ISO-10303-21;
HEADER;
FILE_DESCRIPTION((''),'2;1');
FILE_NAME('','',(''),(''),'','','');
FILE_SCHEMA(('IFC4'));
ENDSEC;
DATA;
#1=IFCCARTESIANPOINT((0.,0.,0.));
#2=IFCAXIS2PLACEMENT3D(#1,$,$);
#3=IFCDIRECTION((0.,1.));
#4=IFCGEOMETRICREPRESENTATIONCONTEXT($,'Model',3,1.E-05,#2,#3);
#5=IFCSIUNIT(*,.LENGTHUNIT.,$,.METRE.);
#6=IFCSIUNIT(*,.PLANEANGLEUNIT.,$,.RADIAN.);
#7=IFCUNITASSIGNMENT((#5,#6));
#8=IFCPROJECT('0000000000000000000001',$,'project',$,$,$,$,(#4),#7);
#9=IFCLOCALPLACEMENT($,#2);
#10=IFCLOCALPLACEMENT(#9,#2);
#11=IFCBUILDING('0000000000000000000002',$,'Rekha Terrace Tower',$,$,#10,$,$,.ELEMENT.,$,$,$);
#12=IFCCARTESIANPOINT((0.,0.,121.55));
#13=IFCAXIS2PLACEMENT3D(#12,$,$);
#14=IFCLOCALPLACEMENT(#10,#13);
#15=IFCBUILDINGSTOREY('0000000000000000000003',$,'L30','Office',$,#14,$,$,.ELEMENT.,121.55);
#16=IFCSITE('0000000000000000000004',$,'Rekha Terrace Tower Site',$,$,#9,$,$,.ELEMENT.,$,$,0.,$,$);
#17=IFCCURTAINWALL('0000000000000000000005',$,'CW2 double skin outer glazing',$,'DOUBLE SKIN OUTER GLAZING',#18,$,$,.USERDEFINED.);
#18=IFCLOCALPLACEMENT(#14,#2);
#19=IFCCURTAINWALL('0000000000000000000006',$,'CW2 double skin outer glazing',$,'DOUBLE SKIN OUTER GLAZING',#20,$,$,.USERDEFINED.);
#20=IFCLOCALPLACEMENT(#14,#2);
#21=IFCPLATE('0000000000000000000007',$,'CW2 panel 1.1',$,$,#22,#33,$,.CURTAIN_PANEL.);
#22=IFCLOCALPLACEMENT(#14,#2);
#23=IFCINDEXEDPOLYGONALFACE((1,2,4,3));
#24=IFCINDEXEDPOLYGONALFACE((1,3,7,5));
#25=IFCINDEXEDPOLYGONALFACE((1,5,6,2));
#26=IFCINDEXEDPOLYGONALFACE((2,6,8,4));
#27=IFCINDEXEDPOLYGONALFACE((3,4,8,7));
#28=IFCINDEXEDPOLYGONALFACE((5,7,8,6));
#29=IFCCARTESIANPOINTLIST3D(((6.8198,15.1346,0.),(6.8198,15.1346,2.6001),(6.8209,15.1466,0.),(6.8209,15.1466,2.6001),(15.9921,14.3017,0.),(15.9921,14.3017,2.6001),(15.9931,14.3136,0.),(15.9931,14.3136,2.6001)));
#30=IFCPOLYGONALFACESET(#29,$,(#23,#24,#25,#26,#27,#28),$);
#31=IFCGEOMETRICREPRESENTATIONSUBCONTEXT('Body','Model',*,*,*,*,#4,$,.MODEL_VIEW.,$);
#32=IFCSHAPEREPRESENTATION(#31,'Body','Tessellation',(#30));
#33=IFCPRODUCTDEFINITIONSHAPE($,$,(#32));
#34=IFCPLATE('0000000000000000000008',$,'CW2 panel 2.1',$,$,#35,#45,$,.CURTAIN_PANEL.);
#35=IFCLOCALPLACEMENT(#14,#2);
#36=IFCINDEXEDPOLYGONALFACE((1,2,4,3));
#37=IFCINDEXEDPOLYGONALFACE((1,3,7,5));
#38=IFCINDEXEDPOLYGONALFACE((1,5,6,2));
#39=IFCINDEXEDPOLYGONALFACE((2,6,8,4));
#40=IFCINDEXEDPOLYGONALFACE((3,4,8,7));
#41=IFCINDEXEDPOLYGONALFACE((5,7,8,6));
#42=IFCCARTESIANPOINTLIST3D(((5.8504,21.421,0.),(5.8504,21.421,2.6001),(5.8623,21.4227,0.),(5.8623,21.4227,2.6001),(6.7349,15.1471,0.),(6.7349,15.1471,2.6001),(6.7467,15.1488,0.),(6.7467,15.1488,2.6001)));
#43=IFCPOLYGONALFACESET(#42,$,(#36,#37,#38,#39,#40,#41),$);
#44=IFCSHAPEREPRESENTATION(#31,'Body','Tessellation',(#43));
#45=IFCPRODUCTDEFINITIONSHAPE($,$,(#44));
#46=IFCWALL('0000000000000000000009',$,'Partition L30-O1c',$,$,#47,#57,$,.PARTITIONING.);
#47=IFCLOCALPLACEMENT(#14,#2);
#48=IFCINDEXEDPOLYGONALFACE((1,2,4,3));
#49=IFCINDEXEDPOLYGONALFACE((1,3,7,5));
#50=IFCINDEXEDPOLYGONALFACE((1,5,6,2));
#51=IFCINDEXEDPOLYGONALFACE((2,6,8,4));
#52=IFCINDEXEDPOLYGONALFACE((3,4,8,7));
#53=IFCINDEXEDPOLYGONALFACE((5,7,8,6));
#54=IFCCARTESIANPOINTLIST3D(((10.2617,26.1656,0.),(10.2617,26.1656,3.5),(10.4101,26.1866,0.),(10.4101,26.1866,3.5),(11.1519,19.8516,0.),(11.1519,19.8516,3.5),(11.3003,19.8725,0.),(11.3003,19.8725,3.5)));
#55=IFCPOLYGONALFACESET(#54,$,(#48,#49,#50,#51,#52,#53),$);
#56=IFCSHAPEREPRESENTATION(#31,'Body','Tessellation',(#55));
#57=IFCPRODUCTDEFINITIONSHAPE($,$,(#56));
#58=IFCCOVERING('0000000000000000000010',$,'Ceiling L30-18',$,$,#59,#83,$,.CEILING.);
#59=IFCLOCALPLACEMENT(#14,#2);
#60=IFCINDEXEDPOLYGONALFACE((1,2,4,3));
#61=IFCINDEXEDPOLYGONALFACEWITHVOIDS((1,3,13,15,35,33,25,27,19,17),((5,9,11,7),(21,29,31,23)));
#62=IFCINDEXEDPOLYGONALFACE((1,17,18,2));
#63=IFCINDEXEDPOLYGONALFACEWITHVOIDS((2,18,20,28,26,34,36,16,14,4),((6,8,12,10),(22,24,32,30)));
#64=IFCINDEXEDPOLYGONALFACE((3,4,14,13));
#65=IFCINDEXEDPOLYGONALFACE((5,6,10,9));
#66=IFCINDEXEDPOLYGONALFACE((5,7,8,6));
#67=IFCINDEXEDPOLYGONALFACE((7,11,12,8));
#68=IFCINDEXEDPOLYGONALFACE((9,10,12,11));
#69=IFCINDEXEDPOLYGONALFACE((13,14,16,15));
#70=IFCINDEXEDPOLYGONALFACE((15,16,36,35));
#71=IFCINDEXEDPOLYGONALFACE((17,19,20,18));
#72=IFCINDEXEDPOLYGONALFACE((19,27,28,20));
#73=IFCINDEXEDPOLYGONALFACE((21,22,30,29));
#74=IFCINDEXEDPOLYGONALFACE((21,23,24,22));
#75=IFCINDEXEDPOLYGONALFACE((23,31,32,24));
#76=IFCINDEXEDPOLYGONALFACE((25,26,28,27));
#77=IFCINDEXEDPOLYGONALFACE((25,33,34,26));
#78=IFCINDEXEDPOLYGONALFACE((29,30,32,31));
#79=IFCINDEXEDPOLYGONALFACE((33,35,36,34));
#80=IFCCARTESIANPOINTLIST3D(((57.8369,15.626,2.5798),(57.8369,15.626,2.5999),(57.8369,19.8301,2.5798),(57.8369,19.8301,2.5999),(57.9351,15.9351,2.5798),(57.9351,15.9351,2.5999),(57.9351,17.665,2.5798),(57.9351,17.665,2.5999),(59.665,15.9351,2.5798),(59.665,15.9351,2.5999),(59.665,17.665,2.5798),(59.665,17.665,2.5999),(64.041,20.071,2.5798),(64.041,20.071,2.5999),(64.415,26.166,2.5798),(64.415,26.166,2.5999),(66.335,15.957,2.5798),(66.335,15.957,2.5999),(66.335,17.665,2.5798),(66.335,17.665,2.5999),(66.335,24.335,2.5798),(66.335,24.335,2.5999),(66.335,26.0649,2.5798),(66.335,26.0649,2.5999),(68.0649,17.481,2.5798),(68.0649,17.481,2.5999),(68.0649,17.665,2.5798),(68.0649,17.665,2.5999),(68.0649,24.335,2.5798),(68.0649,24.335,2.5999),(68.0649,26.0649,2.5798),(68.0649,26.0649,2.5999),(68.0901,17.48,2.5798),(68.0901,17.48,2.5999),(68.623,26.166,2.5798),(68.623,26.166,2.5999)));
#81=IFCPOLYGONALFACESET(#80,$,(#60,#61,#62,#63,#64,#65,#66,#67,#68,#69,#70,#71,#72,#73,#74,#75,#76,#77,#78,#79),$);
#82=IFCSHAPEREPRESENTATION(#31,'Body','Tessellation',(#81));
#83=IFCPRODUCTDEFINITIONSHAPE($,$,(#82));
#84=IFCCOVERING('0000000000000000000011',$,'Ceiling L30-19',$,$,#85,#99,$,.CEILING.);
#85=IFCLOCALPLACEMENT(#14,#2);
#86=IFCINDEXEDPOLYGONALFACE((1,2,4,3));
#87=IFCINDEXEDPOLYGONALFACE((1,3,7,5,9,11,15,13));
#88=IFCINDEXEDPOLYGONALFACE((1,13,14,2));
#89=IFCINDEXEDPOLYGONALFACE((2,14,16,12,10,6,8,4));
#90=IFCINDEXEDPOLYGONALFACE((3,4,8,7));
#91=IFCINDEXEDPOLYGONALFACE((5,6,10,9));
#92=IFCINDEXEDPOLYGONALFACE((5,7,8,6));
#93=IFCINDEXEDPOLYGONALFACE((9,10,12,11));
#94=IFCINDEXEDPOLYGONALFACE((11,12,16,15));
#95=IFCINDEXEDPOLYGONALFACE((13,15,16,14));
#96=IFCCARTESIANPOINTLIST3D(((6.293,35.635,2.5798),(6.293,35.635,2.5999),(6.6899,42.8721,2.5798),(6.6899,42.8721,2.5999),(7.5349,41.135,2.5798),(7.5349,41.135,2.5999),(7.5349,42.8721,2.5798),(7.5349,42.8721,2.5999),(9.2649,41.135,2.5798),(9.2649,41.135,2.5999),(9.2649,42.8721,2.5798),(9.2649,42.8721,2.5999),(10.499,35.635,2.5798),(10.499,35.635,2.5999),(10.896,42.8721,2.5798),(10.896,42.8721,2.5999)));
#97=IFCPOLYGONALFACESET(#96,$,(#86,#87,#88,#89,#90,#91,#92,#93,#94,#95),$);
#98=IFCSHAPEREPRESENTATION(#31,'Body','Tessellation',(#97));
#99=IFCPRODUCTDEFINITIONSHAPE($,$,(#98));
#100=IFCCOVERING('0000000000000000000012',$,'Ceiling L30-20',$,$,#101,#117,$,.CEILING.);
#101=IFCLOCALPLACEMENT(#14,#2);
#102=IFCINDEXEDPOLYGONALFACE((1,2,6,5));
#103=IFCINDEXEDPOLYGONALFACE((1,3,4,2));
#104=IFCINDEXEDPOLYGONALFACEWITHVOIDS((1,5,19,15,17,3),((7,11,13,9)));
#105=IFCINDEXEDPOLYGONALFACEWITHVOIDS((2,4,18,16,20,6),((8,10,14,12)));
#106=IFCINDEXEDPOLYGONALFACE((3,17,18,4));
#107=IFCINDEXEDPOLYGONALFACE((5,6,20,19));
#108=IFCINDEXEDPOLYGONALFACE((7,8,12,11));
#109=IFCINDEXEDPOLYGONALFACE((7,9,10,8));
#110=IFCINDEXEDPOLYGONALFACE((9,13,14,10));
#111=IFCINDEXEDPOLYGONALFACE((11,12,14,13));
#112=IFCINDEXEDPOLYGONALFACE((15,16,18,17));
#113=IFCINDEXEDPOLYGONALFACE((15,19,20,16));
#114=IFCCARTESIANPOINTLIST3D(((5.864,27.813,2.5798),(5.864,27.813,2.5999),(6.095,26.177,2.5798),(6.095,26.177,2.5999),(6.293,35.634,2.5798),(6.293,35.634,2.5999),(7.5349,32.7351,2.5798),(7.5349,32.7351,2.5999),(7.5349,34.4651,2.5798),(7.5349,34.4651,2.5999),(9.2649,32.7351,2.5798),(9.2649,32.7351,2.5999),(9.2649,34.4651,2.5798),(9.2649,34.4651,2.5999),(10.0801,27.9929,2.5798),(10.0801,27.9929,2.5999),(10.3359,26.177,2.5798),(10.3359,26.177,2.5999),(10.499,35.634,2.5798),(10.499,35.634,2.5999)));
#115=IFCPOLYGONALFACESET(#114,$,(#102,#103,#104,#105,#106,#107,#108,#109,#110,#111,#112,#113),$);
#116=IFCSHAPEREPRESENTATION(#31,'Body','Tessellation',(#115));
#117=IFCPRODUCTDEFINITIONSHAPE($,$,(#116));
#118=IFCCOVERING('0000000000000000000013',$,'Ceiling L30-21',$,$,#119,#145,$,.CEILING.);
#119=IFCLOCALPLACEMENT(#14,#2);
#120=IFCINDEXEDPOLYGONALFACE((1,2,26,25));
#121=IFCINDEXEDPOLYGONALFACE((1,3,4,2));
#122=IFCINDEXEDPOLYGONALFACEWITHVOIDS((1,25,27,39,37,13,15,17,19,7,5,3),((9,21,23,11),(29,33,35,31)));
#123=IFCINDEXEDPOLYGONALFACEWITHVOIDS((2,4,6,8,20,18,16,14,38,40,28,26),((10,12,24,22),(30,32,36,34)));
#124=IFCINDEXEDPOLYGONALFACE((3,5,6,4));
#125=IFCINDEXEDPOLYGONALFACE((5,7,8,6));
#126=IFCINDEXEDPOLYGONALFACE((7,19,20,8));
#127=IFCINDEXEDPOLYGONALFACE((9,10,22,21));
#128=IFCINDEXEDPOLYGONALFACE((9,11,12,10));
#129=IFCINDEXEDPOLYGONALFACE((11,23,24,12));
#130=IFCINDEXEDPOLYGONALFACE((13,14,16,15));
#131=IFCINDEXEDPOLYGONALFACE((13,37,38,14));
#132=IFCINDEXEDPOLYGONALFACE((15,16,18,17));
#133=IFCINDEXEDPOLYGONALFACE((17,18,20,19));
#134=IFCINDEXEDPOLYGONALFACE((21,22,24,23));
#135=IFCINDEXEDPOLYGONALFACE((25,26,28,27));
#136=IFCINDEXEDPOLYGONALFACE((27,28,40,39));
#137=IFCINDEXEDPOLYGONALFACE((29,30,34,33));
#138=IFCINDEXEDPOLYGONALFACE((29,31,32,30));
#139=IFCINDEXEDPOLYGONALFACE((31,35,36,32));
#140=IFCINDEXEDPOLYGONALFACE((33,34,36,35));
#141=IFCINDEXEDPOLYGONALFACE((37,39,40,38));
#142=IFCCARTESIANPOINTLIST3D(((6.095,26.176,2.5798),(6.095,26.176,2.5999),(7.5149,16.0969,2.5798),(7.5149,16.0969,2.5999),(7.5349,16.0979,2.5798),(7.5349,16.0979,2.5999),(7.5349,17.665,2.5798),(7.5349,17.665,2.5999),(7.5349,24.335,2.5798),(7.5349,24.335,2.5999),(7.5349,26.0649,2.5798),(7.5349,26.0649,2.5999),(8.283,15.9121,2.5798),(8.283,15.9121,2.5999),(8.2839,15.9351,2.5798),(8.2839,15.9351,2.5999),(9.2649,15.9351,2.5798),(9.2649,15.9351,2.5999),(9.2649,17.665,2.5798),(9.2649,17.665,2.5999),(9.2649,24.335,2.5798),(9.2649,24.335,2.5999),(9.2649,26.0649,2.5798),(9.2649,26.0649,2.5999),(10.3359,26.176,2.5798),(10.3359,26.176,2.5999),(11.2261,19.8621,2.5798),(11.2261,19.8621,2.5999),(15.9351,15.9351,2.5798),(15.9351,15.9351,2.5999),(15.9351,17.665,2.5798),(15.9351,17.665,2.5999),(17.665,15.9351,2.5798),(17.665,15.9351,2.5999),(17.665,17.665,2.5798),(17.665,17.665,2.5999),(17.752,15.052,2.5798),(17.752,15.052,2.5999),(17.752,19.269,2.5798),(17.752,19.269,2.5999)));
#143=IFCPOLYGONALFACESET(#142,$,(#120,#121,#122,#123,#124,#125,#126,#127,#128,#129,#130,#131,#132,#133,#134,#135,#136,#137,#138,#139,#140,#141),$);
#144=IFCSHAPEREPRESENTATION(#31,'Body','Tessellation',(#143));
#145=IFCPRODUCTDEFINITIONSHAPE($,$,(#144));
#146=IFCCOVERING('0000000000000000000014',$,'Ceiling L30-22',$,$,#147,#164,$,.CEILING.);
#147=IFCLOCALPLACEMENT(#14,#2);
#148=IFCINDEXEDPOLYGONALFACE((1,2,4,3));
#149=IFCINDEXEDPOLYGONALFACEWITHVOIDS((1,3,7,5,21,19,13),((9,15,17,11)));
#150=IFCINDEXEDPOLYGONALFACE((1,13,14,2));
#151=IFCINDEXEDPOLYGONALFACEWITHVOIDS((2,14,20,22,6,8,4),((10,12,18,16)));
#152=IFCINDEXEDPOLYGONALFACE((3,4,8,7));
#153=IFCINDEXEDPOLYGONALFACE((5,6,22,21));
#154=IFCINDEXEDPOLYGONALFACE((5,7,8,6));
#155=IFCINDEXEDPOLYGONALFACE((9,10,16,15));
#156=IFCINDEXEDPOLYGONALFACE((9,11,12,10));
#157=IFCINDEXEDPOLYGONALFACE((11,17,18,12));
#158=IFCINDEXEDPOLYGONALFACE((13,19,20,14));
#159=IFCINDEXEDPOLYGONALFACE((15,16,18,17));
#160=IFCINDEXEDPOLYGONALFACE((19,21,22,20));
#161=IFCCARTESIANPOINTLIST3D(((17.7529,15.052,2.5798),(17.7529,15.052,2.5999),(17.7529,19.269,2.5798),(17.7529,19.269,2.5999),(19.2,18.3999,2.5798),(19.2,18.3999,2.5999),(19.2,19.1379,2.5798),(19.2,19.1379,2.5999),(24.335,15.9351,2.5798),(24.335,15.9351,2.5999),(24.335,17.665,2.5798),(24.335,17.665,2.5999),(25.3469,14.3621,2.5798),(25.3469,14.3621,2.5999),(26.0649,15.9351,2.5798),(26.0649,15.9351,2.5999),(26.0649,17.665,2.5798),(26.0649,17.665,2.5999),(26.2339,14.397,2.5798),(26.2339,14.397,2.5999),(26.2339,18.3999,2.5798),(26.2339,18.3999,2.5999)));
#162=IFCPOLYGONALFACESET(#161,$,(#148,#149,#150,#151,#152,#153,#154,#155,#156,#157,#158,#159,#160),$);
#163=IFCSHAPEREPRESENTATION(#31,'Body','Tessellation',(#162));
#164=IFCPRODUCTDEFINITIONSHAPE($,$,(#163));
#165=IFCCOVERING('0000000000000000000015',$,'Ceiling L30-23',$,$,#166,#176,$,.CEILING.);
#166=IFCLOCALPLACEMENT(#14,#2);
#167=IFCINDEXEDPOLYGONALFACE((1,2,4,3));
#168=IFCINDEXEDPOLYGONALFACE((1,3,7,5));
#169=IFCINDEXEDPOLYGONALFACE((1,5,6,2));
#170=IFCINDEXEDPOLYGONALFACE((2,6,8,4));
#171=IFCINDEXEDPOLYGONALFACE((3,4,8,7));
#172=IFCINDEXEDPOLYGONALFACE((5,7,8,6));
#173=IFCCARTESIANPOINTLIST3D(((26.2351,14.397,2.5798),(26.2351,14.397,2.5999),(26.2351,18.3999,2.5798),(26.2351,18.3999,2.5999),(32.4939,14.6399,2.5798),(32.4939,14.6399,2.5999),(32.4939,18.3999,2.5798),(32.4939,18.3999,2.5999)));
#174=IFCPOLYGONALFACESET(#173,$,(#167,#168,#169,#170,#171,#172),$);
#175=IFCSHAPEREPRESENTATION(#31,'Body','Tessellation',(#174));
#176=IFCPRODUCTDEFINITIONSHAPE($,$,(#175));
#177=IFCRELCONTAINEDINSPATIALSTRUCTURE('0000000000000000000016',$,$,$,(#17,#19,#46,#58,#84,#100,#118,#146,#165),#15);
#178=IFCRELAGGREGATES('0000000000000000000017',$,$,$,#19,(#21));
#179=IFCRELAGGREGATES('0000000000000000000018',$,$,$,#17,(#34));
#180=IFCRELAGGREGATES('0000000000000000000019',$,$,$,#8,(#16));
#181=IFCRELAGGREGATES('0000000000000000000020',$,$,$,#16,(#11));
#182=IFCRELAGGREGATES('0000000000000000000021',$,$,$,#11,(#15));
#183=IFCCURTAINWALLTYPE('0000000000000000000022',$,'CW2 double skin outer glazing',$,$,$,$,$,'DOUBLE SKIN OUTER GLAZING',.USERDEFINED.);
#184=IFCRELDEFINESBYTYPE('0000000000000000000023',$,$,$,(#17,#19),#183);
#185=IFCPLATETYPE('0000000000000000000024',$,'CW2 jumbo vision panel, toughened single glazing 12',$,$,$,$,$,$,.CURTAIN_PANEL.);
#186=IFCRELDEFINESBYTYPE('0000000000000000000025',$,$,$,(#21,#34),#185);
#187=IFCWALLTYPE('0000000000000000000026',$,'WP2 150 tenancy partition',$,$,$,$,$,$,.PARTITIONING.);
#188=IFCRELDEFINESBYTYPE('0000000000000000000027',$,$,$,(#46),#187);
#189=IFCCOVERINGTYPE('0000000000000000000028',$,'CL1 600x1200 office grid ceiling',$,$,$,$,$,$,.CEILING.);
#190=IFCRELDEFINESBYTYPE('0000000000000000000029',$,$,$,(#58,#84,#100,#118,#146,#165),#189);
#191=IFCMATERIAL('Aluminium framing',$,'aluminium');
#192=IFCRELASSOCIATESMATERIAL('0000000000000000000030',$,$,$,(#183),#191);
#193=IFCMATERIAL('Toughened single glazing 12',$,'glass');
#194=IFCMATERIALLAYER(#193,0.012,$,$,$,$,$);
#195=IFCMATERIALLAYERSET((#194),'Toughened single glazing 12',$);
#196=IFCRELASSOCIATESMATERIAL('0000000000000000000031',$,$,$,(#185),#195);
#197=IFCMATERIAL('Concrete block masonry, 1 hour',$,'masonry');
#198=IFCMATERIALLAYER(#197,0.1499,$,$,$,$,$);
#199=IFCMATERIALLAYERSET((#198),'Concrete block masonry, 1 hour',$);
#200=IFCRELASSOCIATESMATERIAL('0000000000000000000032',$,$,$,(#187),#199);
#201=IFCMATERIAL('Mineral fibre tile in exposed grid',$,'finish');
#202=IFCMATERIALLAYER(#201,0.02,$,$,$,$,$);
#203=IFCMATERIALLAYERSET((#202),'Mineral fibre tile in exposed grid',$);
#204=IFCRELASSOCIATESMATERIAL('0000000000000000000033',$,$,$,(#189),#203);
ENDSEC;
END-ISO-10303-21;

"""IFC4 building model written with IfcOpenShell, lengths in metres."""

from ifc_helpers import new_model, si_unit, direction, frame, frame_2d, origin, origin_2d, place, context, subcontext, project, spatial, polyline, rectangle, outline, extrude, material, layer, layer_set, type_object, element, aggregate, save


model = new_model("IFC4")

# Units and contexts
model_context = context("Model", 3, precision=1e-05, world=origin(), true_north=direction((0.0, 1.0)))
body_context = subcontext(model_context, "Body", "Model", "MODEL_VIEW")
ifc_project = project(units=[si_unit("LENGTHUNIT", "METRE"), si_unit("PLANEANGLEUNIT", "RADIAN")], contexts=[model_context])

# Site, building, storey
site_placement = place(None, origin())
site = spatial("IfcSite", under=ifc_project, at=site_placement, Name="Rekha Terrace Tower Site", CompositionType="ELEMENT", RefElevation=0.0)
building_placement = place(site_placement, origin())
building = spatial("IfcBuilding", under=site, at=building_placement, Name="Rekha Terrace Tower", CompositionType="ELEMENT")
storey_placement = place(building_placement, frame((0.0, 0.0, 121.55)))
storey = spatial("IfcBuildingStorey", under=building, at=storey_placement, Name="L30", Description="Office", CompositionType="ELEMENT", Elevation=121.55)

# Curtain wall
ifc_material_1 = material(Name="Aluminium framing", Category="aluminium")
curtain_wall_type_1 = type_object("IfcCurtainWallType", Name="CW2 double skin outer glazing", ElementType="DOUBLE SKIN OUTER GLAZING", PredefinedType="USERDEFINED", material=ifc_material_1)
curtain_wall_1_placement = place(storey_placement, origin())
curtain_wall_1 = element("IfcCurtainWall", 1, at=curtain_wall_1_placement, inside=storey, type_object=curtain_wall_type_1, Name="CW2 double skin outer glazing", ObjectType="DOUBLE SKIN OUTER GLAZING", PredefinedType="USERDEFINED")

# Curtain wall
curtain_wall_2_placement = place(storey_placement, origin())
curtain_wall_2 = element("IfcCurtainWall", 2, at=curtain_wall_2_placement, inside=storey, type_object=curtain_wall_type_1, Name="CW2 double skin outer glazing", ObjectType="DOUBLE SKIN OUTER GLAZING", PredefinedType="USERDEFINED")

# Plates
ifc_material_2 = material(Name="Toughened single glazing 12", Category="glass")
ifc_layer_1 = layer(ifc_material_2, 0.012)
ifc_layer_set_1 = layer_set([ifc_layer_1], Name="Toughened single glazing 12")
plate_type_1 = type_object("IfcPlateType", Name="CW2 jumbo vision panel, toughened single glazing 12", PredefinedType="CURTAIN_PANEL", material=ifc_layer_set_1)
plate_1_placement = place(storey_placement, frame((11.4065, 14.7241, 0.0), z_axis=(0.0, 0.0, 1.0), x_axis=(0.995902, -0.09044, 0.0)))
plate_1 = element("IfcPlate", 3, at=plate_1_placement, type_object=plate_type_1, Name="CW2 panel 1.1", PredefinedType="CURTAIN_PANEL", context=body_context, shape_type="SweptSolid", body=[
    extrude(rectangle(XDim=9.21, YDim=0.012, at=origin_2d()), origin(), (0.0, 0.0, 1.0), 2.6001),
])
aggregate(curtain_wall_2, [plate_1])
plate_2_placement = place(storey_placement, frame((6.2986, 18.2849, 0.0), z_axis=(0.0, 0.0, 1.0), x_axis=(0.139597, -0.990208, 0.0)))
plate_2 = element("IfcPlate", 4, at=plate_2_placement, type_object=plate_type_1, Name="CW2 panel 2.1", PredefinedType="CURTAIN_PANEL", context=body_context, shape_type="SweptSolid", body=[
    extrude(rectangle(XDim=6.3359, YDim=0.012, at=origin_2d()), origin(), (0.0, 0.0, 1.0), 2.6001),
])
aggregate(curtain_wall_1, [plate_2])

# Wall
ifc_material_3 = material(Name="Concrete block masonry, 1 hour", Category="masonry")
ifc_layer_2 = layer(ifc_material_3, 0.1499)
ifc_layer_set_2 = layer_set([ifc_layer_2], Name="Concrete block masonry, 1 hour")
wall_type = type_object("IfcWallType", Name="WP2 150 tenancy partition", PredefinedType="PARTITIONING", material=ifc_layer_set_2)
wall_placement = place(storey_placement, frame((11.2261, 19.8621, 0.0), z_axis=(0.0, 0.0, 1.0), x_axis=(-0.139599, 0.990208, 0.0)))
element("IfcWall", 5, at=wall_placement, inside=storey, type_object=wall_type, Name="Partition L30-O1c", PredefinedType="PARTITIONING", context=body_context, shape_type="SweptSolid", body=[
    extrude(rectangle(XDim=6.3765, YDim=0.1499, at=frame_2d((3.1882, 0.0))), origin(), (0.0, 0.0, 1.0), 3.5),
])

# Coverings
ifc_material_4 = material(Name="Mineral fibre tile in exposed grid", Category="finish")
ifc_layer_3 = layer(ifc_material_4, 0.02)
ifc_layer_set_3 = layer_set([ifc_layer_3], Name="Mineral fibre tile in exposed grid")
covering_type_1 = type_object("IfcCoveringType", Name="CL1 600x1200 office grid ceiling", PredefinedType="CEILING", material=ifc_layer_set_3)
covering_1_placement = place(storey_placement, frame((0.0, 0.0, 2.5798)))
element("IfcCovering", 6, at=covering_1_placement, inside=storey, type_object=covering_type_1, Name="Ceiling L30-18", PredefinedType="CEILING", context=body_context, shape_type="SweptSolid", body=[
    extrude(outline(polyline([(68.0901, 17.48), (68.623, 26.166), (64.415, 26.166), (64.041, 20.071), (57.8369, 19.8301), (57.8369, 15.626), (66.335, 15.957), (66.335, 17.665), (68.0649, 17.665), (68.0649, 17.481), (68.0901, 17.48)]), holes=[polyline([(68.0649, 24.335), (66.335, 24.335), (66.335, 26.0649), (68.0649, 26.0649), (68.0649, 24.335)]), polyline([(59.665, 15.9351), (57.9351, 15.9351), (57.9351, 17.665), (59.665, 17.665), (59.665, 15.9351)])]), origin(), (0.0, 0.0, 1.0), 0.02),
])
covering_2_placement = place(storey_placement, frame((0.0, 0.0, 2.5798)))
element("IfcCovering", 7, at=covering_2_placement, inside=storey, type_object=covering_type_1, Name="Ceiling L30-19", PredefinedType="CEILING", context=body_context, shape_type="SweptSolid", body=[
    extrude(outline(polyline([(9.2649, 41.135), (7.5349, 41.135), (7.5349, 42.8721), (6.6899, 42.8721), (6.293, 35.635), (10.499, 35.635), (10.896, 42.8721), (9.2649, 42.8721), (9.2649, 41.135)])), origin(), (0.0, 0.0, 1.0), 0.02),
])
covering_3_placement = place(storey_placement, frame((0.0, 0.0, 2.5798)))
element("IfcCovering", 8, at=covering_3_placement, inside=storey, type_object=covering_type_1, Name="Ceiling L30-20", PredefinedType="CEILING", context=body_context, shape_type="SweptSolid", body=[
    extrude(outline(polyline([(10.0801, 27.9929), (10.499, 35.634), (6.293, 35.634), (5.864, 27.813), (6.095, 26.177), (10.3359, 26.177), (10.0801, 27.9929)]), holes=[polyline([(9.2649, 32.7351), (7.5349, 32.7351), (7.5349, 34.4651), (9.2649, 34.4651), (9.2649, 32.7351)])]), origin(), (0.0, 0.0, 1.0), 0.02),
])
covering_4_placement = place(storey_placement, frame((0.0, 0.0, 2.5798)))
element("IfcCovering", 9, at=covering_4_placement, inside=storey, type_object=covering_type_1, Name="Ceiling L30-21", PredefinedType="CEILING", context=body_context, shape_type="SweptSolid", body=[
    extrude(outline(polyline([(7.5149, 16.0969), (7.5349, 16.0979), (7.5349, 17.665), (9.2649, 17.665), (9.2649, 15.9351), (8.2839, 15.9351), (8.283, 15.9121), (17.752, 15.052), (17.752, 19.269), (11.2261, 19.8621), (10.3359, 26.176), (6.095, 26.176), (7.5149, 16.0969)]), holes=[polyline([(17.665, 15.9351), (15.9351, 15.9351), (15.9351, 17.665), (17.665, 17.665), (17.665, 15.9351)]), polyline([(9.2649, 24.335), (7.5349, 24.335), (7.5349, 26.0649), (9.2649, 26.0649), (9.2649, 24.335)])]), origin(), (0.0, 0.0, 1.0), 0.02),
])
covering_5_placement = place(storey_placement, frame((0.0, 0.0, 2.5798)))
element("IfcCovering", 10, at=covering_5_placement, inside=storey, type_object=covering_type_1, Name="Ceiling L30-22", PredefinedType="CEILING", context=body_context, shape_type="SweptSolid", body=[
    extrude(outline(polyline([(19.2, 18.3999), (19.2, 19.1379), (17.7529, 19.269), (17.7529, 15.052), (25.3469, 14.3621), (26.2339, 14.397), (26.2339, 18.3999), (19.2, 18.3999)]), holes=[polyline([(26.0649, 17.665), (26.0649, 15.9351), (24.335, 15.9351), (24.335, 17.665), (26.0649, 17.665)])]), origin(), (0.0, 0.0, 1.0), 0.02),
])
covering_6_placement = place(storey_placement, frame((0.0, 0.0, 2.5798)))
element("IfcCovering", 11, at=covering_6_placement, inside=storey, type_object=covering_type_1, Name="Ceiling L30-23", PredefinedType="CEILING", context=body_context, shape_type="SweptSolid", body=[
    extrude(outline(polyline([(26.2351, 18.3999), (26.2351, 14.397), (32.4939, 14.6399), (32.4939, 18.3999), (26.2351, 18.3999)])), origin(), (0.0, 0.0, 1.0), 0.02),
])

save(model, "model.ifc")
